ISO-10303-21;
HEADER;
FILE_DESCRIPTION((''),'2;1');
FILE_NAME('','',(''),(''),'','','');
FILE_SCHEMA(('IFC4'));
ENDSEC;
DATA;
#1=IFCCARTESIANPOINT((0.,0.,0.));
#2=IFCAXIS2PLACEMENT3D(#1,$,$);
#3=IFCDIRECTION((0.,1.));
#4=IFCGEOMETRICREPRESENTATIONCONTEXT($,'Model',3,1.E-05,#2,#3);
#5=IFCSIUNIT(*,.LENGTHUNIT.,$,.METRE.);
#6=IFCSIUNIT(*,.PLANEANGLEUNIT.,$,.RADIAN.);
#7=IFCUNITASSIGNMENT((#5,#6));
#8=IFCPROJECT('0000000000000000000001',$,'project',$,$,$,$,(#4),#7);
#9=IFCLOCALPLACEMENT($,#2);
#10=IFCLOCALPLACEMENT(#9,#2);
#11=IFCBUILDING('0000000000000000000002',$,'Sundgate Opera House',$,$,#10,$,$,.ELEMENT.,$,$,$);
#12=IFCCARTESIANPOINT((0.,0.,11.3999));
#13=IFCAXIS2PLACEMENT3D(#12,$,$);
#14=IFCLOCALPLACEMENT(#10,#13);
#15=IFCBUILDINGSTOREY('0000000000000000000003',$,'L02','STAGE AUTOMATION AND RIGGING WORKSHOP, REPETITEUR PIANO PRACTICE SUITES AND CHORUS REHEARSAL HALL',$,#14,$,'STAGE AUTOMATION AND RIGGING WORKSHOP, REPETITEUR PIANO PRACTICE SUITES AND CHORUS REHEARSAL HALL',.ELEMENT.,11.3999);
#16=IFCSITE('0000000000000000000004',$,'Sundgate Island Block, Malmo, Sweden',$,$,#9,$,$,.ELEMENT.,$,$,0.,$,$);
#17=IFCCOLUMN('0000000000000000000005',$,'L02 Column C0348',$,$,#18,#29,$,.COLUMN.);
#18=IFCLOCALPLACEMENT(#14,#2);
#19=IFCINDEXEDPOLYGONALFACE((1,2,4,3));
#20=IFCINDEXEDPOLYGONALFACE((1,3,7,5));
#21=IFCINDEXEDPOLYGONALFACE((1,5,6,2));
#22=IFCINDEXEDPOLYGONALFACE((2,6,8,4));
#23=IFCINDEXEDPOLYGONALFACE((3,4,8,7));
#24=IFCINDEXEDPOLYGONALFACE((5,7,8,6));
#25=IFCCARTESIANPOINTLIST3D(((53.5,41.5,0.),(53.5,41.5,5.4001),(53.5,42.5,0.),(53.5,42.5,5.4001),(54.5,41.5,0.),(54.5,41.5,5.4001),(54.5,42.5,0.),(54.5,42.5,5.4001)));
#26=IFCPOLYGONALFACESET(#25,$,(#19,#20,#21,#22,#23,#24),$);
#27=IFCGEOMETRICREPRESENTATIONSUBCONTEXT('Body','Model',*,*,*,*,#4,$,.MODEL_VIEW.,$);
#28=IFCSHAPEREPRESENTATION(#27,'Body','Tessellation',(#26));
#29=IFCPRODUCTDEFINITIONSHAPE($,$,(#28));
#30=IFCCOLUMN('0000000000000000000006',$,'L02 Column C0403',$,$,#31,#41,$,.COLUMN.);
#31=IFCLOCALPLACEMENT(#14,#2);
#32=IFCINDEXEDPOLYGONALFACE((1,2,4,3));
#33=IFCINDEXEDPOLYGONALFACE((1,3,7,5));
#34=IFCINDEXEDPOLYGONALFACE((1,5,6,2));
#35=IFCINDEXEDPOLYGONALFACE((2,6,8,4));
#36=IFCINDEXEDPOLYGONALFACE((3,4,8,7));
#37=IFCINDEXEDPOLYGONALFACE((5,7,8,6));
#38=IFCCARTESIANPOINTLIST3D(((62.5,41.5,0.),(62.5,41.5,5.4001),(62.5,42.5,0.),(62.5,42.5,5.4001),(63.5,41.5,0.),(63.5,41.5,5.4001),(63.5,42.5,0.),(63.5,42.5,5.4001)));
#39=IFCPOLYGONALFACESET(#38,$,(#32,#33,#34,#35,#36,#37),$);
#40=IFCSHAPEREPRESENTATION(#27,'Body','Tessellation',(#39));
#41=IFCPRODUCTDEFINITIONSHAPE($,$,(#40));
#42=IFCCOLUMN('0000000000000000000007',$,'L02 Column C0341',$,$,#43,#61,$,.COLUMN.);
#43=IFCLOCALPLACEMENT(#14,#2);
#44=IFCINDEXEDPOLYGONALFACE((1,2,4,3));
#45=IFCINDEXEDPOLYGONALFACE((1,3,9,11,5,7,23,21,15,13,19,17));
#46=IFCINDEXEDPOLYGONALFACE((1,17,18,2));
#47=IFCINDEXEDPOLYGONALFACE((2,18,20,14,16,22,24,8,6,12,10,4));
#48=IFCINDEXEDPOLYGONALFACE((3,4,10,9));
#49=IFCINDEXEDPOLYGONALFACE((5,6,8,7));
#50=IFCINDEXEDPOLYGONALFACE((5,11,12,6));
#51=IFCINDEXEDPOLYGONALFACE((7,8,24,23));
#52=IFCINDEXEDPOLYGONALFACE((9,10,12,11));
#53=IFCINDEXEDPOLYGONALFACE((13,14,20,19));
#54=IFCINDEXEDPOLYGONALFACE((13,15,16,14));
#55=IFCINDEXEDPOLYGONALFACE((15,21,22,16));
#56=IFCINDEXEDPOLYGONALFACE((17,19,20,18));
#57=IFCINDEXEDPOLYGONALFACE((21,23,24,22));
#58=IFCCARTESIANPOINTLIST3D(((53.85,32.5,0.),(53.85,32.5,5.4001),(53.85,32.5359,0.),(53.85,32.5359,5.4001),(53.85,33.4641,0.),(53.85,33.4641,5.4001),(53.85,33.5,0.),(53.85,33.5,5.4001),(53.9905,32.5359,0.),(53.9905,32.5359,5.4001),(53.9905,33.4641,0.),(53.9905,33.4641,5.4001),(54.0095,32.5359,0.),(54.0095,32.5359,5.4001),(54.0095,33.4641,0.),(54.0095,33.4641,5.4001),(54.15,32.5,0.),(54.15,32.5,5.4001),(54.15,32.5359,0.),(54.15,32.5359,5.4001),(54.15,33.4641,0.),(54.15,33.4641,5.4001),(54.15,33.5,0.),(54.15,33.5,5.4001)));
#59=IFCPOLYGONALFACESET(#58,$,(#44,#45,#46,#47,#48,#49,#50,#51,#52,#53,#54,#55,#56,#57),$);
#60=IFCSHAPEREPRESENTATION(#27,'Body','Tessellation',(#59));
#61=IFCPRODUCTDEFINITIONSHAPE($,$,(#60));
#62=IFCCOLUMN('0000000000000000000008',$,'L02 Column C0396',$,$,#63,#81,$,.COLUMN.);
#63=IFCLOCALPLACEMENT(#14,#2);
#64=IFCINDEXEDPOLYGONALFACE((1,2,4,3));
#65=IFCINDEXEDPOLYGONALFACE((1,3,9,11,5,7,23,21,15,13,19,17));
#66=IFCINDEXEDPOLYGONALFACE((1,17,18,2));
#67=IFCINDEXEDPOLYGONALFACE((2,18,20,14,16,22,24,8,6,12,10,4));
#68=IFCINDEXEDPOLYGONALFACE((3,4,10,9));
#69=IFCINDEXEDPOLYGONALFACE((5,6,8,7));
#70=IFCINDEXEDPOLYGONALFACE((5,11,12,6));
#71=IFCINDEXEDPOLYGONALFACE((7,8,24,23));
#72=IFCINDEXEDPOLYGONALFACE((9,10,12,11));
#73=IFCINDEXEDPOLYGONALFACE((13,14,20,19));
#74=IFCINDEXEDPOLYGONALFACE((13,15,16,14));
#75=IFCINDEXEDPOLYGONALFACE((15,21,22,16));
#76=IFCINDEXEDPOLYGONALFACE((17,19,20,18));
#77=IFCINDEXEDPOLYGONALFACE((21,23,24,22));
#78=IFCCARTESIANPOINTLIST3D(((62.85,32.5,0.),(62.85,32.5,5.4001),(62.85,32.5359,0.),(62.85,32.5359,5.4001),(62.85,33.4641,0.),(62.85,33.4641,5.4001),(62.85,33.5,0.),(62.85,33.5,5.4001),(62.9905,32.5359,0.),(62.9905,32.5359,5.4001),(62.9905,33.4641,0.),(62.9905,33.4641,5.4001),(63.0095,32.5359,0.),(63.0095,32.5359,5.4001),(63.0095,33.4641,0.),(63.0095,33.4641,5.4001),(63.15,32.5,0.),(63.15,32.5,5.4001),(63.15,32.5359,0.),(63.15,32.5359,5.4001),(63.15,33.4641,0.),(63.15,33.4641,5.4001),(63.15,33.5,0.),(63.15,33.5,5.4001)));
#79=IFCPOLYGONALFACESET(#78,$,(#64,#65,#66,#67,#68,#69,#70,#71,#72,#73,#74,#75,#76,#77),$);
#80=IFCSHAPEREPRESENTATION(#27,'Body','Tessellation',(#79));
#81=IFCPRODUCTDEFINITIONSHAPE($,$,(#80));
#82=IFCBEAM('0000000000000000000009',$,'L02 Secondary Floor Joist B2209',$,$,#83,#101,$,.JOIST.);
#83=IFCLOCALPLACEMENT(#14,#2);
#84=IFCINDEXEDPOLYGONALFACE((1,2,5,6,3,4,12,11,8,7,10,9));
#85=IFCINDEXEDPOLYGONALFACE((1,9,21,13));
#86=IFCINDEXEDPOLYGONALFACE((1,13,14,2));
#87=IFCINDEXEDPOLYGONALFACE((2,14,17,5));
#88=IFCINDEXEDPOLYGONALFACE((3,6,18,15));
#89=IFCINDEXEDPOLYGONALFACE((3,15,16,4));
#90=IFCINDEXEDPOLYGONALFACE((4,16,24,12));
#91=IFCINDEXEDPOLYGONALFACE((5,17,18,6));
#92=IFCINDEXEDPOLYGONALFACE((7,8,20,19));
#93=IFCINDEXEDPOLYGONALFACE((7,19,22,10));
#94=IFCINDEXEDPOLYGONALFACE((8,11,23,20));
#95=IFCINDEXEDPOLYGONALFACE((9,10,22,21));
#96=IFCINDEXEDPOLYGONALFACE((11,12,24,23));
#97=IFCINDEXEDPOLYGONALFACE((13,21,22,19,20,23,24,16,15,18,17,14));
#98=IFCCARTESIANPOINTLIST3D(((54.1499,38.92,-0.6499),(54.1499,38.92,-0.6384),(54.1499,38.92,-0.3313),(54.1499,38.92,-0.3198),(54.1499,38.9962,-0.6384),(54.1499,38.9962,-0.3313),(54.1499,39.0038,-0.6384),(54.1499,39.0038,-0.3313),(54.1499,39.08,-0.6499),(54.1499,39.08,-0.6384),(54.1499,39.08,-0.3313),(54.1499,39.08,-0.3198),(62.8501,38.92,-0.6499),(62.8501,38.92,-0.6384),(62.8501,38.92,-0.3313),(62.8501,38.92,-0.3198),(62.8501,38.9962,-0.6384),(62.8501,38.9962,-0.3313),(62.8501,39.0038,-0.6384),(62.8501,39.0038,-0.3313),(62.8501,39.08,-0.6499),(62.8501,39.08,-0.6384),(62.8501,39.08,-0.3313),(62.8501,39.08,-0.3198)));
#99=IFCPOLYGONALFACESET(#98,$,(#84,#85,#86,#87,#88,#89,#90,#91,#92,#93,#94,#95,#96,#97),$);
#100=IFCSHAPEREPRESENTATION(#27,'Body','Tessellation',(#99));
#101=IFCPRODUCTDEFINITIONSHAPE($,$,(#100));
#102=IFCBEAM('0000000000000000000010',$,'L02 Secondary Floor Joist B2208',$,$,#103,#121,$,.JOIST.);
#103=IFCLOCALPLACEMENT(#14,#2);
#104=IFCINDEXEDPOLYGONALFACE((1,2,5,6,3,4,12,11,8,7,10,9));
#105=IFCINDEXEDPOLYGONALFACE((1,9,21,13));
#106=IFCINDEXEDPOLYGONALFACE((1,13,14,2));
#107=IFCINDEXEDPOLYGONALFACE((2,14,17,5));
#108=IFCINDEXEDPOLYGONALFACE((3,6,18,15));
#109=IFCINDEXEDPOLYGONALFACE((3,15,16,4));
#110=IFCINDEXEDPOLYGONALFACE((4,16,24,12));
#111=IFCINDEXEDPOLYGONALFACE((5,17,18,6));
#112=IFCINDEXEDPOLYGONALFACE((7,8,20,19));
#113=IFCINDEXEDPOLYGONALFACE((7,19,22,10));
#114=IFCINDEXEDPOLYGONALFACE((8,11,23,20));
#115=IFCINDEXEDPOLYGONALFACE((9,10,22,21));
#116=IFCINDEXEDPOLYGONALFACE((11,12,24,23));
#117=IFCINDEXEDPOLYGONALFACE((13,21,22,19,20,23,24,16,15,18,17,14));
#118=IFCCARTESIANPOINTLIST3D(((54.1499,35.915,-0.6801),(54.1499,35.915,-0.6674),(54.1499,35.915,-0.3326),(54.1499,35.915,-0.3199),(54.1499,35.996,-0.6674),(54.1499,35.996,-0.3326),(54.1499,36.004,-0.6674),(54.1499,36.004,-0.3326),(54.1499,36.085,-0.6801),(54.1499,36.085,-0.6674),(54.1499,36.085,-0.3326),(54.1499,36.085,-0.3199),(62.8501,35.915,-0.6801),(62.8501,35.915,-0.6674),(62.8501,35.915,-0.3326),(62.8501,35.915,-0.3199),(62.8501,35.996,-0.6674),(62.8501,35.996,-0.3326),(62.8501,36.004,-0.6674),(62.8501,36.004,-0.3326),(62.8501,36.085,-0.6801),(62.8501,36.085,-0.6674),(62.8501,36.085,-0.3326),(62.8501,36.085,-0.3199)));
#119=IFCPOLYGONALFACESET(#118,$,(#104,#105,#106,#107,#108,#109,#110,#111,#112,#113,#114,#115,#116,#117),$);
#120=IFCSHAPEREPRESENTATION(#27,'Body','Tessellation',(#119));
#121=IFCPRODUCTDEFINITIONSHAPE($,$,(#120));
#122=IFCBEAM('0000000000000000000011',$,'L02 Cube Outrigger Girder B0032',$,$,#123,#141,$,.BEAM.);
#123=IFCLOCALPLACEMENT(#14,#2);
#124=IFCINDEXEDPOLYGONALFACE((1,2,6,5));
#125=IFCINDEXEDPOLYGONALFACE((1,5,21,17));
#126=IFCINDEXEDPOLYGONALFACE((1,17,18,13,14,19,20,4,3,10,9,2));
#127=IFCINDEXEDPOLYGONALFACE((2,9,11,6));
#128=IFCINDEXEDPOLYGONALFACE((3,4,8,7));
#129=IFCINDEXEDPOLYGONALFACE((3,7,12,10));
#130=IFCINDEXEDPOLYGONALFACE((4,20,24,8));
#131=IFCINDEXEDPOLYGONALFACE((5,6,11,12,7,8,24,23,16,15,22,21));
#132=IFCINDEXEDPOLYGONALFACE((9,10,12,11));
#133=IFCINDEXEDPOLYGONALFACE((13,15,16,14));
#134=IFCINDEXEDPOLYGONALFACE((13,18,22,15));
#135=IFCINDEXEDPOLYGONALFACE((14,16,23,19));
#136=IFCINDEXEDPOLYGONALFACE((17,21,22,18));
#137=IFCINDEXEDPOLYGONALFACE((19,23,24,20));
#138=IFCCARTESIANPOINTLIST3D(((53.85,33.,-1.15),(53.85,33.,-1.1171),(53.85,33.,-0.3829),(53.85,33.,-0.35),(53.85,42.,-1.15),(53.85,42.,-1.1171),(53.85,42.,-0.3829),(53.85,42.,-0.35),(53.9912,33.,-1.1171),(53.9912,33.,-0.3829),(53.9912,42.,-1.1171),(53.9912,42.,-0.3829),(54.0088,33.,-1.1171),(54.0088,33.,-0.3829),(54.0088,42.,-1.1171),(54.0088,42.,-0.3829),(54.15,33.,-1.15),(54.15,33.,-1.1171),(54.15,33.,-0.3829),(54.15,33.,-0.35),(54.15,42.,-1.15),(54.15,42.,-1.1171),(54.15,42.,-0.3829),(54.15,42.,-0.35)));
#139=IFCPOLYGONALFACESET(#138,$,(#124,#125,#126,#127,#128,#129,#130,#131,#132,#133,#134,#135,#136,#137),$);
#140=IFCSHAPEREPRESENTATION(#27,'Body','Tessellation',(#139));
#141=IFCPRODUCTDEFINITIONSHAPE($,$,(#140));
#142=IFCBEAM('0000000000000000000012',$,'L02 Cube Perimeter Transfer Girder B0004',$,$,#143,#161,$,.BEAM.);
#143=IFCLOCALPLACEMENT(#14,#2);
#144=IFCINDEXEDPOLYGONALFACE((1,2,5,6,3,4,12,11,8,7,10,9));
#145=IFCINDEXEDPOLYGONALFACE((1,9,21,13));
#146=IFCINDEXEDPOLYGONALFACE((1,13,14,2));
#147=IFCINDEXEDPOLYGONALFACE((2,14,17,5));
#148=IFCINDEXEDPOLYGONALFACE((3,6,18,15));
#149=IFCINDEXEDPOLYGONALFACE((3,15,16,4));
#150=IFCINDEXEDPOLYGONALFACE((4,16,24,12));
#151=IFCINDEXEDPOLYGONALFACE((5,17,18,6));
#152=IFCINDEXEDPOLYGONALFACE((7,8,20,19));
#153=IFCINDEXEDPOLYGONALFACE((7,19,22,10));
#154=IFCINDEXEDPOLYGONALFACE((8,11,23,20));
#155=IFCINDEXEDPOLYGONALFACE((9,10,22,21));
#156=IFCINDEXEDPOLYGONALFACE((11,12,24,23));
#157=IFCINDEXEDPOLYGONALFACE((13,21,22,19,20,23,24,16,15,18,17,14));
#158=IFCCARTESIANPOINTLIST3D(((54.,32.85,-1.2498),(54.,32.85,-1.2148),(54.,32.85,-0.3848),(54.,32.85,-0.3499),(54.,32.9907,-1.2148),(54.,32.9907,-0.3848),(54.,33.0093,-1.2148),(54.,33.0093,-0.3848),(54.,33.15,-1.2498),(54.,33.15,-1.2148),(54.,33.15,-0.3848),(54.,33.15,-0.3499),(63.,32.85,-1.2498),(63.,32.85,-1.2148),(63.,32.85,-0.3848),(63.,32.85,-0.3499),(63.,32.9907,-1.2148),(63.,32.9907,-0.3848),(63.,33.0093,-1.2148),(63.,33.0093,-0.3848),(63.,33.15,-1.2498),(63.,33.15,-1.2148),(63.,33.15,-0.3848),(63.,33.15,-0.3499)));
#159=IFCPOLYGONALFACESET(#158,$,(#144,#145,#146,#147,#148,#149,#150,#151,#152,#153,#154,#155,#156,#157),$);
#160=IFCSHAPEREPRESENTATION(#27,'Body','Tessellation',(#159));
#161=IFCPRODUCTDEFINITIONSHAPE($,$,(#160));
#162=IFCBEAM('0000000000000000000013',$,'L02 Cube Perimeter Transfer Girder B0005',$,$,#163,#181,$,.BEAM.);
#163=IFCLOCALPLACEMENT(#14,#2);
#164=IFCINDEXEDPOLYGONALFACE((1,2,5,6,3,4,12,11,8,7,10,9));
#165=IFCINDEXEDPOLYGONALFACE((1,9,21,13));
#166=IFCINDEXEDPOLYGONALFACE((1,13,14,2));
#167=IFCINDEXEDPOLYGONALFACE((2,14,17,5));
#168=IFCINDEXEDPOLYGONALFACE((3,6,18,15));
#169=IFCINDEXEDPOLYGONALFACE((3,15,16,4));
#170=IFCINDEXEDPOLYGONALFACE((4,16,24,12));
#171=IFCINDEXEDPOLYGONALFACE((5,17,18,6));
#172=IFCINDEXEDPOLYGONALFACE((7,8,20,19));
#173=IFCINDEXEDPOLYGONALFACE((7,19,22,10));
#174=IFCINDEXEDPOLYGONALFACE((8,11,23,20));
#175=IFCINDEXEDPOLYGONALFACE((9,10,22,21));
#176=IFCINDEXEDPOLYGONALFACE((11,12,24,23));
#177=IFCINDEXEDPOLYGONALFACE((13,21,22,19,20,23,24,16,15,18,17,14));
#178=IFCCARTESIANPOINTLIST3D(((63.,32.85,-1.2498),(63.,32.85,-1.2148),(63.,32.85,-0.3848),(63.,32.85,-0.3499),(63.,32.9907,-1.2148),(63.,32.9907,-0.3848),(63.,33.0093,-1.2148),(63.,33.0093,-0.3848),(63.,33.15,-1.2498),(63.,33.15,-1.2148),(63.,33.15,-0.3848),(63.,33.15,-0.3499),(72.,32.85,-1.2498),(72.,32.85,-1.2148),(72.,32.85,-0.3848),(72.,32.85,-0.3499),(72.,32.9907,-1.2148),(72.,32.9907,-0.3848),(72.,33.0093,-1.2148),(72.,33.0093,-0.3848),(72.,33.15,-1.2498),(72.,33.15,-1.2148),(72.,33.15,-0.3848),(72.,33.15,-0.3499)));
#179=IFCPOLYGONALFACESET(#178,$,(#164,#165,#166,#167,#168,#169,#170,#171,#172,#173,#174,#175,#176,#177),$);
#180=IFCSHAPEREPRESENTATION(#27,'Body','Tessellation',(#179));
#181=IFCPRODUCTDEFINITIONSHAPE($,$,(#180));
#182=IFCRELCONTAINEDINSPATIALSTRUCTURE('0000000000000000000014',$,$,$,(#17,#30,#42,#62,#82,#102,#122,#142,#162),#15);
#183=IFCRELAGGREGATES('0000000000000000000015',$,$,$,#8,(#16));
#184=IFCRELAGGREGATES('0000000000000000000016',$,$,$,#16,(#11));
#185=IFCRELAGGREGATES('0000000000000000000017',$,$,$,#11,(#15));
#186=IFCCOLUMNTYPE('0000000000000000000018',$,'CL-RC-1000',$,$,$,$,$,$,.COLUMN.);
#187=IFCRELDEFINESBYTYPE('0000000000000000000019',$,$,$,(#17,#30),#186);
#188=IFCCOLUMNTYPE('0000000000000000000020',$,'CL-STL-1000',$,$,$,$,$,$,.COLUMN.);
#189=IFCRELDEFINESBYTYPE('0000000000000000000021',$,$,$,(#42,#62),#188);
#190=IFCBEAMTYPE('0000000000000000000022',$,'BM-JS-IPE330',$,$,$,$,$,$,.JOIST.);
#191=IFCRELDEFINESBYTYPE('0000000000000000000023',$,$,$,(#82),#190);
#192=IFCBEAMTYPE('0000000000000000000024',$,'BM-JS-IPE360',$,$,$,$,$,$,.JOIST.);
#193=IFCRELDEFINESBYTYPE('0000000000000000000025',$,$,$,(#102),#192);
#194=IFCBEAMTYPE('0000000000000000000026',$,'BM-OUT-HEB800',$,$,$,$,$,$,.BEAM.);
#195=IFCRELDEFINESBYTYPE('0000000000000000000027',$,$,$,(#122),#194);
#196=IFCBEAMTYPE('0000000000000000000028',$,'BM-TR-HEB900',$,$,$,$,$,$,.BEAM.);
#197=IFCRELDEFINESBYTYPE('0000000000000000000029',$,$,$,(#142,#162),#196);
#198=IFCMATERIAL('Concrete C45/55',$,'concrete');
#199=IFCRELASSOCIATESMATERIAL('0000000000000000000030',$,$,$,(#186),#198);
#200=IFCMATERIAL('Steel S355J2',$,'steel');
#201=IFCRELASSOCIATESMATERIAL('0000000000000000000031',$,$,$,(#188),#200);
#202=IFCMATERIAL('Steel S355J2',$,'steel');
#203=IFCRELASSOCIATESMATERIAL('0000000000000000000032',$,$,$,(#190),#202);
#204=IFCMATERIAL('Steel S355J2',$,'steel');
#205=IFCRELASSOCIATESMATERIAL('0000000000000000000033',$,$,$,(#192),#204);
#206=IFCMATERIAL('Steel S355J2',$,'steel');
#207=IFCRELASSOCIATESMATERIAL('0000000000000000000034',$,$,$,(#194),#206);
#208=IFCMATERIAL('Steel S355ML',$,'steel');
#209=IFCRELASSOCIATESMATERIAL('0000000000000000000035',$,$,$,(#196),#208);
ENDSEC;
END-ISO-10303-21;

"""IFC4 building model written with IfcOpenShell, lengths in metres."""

from ifc_helpers import new_model, si_unit, direction, frame, origin, origin_2d, place, context, subcontext, project, spatial, rectangle, i_section, extrude, material, material_profile, profile_set, type_object, element, save


model = new_model("IFC4")

# Units and contexts
model_context = context("Model", 3, precision=1e-05, world=origin(), true_north=direction((0.0, 1.0)))
body_context = subcontext(model_context, "Body", "Model", "MODEL_VIEW")
ifc_project = project(units=[si_unit("LENGTHUNIT", "METRE"), si_unit("PLANEANGLEUNIT", "RADIAN")], contexts=[model_context])

# Site, building, storey
site_placement = place(None, origin())
site = spatial("IfcSite", under=ifc_project, at=site_placement, Name="Sundgate Island Block, Malmo, Sweden", CompositionType="ELEMENT", RefElevation=0.0)
building_placement = place(site_placement, origin())
building = spatial("IfcBuilding", under=site, at=building_placement, Name="Sundgate Opera House", CompositionType="ELEMENT")
storey_placement = place(building_placement, frame((0.0, 0.0, 11.3999)))
storey = spatial("IfcBuildingStorey", under=building, at=storey_placement, Name="L02", Description="STAGE AUTOMATION AND RIGGING WORKSHOP, REPETITEUR PIANO PRACTICE SUITES AND CHORUS REHEARSAL HALL", LongName="STAGE AUTOMATION AND RIGGING WORKSHOP, REPETITEUR PIANO PRACTICE SUITES AND CHORUS REHEARSAL HALL", CompositionType="ELEMENT", Elevation=11.3999)

# Columns
ifc_material_1 = material(Name="Concrete C45/55", Category="concrete")
ifc_material_profile_1 = material_profile(ifc_material_1, rectangle(XDim=1.0, YDim=1.0, at=origin_2d()), Name="RC 1000x1000")
ifc_profile_set_1 = profile_set([ifc_material_profile_1], Name="Concrete C45/55")
column_type_1 = type_object("IfcColumnType", Name="CL-RC-1000", PredefinedType="COLUMN", material=ifc_profile_set_1)
for number, where, z_axis, x_axis, name in (
    (1, (54.0, 42.0, 0.0), (0.0, 0.0, 1.0), (1.0, 0.0, 0.0), "L02 Column C0348"),
    (2, (63.0, 42.0, 0.0), (0.0, 0.0, 1.0), (1.0, 0.0, 0.0), "L02 Column C0403"),
):
    element("IfcColumn", number, at=place(storey_placement, frame(where, z_axis=z_axis, x_axis=x_axis)), inside=storey, type_object=column_type_1, Name=name, PredefinedType="COLUMN", context=body_context, shape_type="SweptSolid", body=[
        extrude(rectangle(XDim=1.0, YDim=1.0, at=origin_2d()), origin(), (0.0, 0.0, 1.0), 5.4001),
    ])
ifc_material_2 = material(Name="Steel S355J2", Category="steel")
ifc_material_profile_2 = material_profile(ifc_material_2, i_section(OverallWidth=0.3, OverallDepth=1.0, WebThickness=0.019, FlangeThickness=0.0359, at=origin_2d()), Name="HEB 1000")
ifc_profile_set_2 = profile_set([ifc_material_profile_2], Name="Steel S355J2")
column_type_2 = type_object("IfcColumnType", Name="CL-STL-1000", PredefinedType="COLUMN", material=ifc_profile_set_2)
for number, where, z_axis, x_axis, name in (
    (3, (54.0, 33.0, 0.0), (0.0, 0.0, 1.0), (1.0, 0.0, 0.0), "L02 Column C0341"),
    (4, (63.0, 33.0, 0.0), (0.0, 0.0, 1.0), (1.0, 0.0, 0.0), "L02 Column C0396"),
):
    element("IfcColumn", number, at=place(storey_placement, frame(where, z_axis=z_axis, x_axis=x_axis)), inside=storey, type_object=column_type_2, Name=name, PredefinedType="COLUMN", context=body_context, shape_type="SweptSolid", body=[
        extrude(i_section(OverallWidth=0.3, OverallDepth=1.0, WebThickness=0.019, FlangeThickness=0.0359, at=origin_2d()), origin(), (0.0, 0.0, 1.0), 5.4001),
    ])

# Beams
ifc_material_3 = material(Name="Steel S355J2", Category="steel")
ifc_material_profile_3 = material_profile(ifc_material_3, i_section(OverallWidth=0.1599, OverallDepth=0.3301, WebThickness=0.0076, FlangeThickness=0.0115, at=origin_2d()), Name="IPE 330")
ifc_profile_set_3 = profile_set([ifc_material_profile_3], Name="Steel S355J2")
beam_type_1 = type_object("IfcBeamType", Name="BM-JS-IPE330", PredefinedType="JOIST", material=ifc_profile_set_3)
beam_1_placement = place(storey_placement, frame((54.1499, 39.0, -0.4849), z_axis=(1.0, 0.0, 0.0), x_axis=(0.0, 1.0, 0.0)))
element("IfcBeam", 5, at=beam_1_placement, inside=storey, type_object=beam_type_1, Name="L02 Secondary Floor Joist B2209", PredefinedType="JOIST", context=body_context, shape_type="SweptSolid", body=[
    extrude(i_section(OverallWidth=0.1599, OverallDepth=0.3301, WebThickness=0.0076, FlangeThickness=0.0115, at=origin_2d()), origin(), (0.0, 0.0, 1.0), 8.7002),
])
ifc_material_4 = material(Name="Steel S355J2", Category="steel")
ifc_material_profile_4 = material_profile(ifc_material_4, i_section(OverallWidth=0.1699, OverallDepth=0.3601, WebThickness=0.0081, FlangeThickness=0.0127, at=origin_2d()), Name="IPE 360")
ifc_profile_set_4 = profile_set([ifc_material_profile_4], Name="Steel S355J2")
beam_type_2 = type_object("IfcBeamType", Name="BM-JS-IPE360", PredefinedType="JOIST", material=ifc_profile_set_4)
beam_2_placement = place(storey_placement, frame((54.1499, 36.0, -0.5), z_axis=(1.0, 0.0, 0.0), x_axis=(0.0, 1.0, 0.0)))
element("IfcBeam", 6, at=beam_2_placement, inside=storey, type_object=beam_type_2, Name="L02 Secondary Floor Joist B2208", PredefinedType="JOIST", context=body_context, shape_type="SweptSolid", body=[
    extrude(i_section(OverallWidth=0.1699, OverallDepth=0.3601, WebThickness=0.0081, FlangeThickness=0.0127, at=origin_2d()), origin(), (0.0, 0.0, 1.0), 8.7002),
])
ifc_material_5 = material(Name="Steel S355J2", Category="steel")
ifc_material_profile_5 = material_profile(ifc_material_5, i_section(OverallWidth=0.3, OverallDepth=0.8, WebThickness=0.0176, FlangeThickness=0.033, at=origin_2d()), Name="HEB 800")
ifc_profile_set_5 = profile_set([ifc_material_profile_5], Name="Steel S355J2")
beam_type_3 = type_object("IfcBeamType", Name="BM-OUT-HEB800", PredefinedType="BEAM", material=ifc_profile_set_5)
beam_3_placement = place(storey_placement, frame((54.0, 42.0, -0.75), z_axis=(0.0, -1.0, 0.0), x_axis=(1.0, 0.0, 0.0)))
element("IfcBeam", 7, at=beam_3_placement, inside=storey, type_object=beam_type_3, Name="L02 Cube Outrigger Girder B0032", PredefinedType="BEAM", context=body_context, shape_type="SweptSolid", body=[
    extrude(i_section(OverallWidth=0.3, OverallDepth=0.8, WebThickness=0.0176, FlangeThickness=0.033, at=origin_2d()), origin(), (0.0, 0.0, 1.0), 9.0),
])
ifc_material_6 = material(Name="Steel S355ML", Category="steel")
ifc_material_profile_6 = material_profile(ifc_material_6, i_section(OverallWidth=0.3, OverallDepth=0.8999, WebThickness=0.0186, FlangeThickness=0.0349, at=origin_2d()), Name="HEB 900")
ifc_profile_set_6 = profile_set([ifc_material_profile_6], Name="Steel S355ML")
beam_type_4 = type_object("IfcBeamType", Name="BM-TR-HEB900", PredefinedType="BEAM", material=ifc_profile_set_6)
for number, where, z_axis, x_axis, name in (
    (8, (54.0, 33.0, -0.7998), (1.0, 0.0, 0.0), (0.0, 1.0, 0.0), "L02 Cube Perimeter Transfer Girder B0004"),
    (9, (63.0, 33.0, -0.7998), (1.0, 0.0, 0.0), (0.0, 1.0, 0.0), "L02 Cube Perimeter Transfer Girder B0005"),
):
    element("IfcBeam", number, at=place(storey_placement, frame(where, z_axis=z_axis, x_axis=x_axis)), inside=storey, type_object=beam_type_4, Name=name, PredefinedType="BEAM", context=body_context, shape_type="SweptSolid", body=[
        extrude(i_section(OverallWidth=0.3, OverallDepth=0.8999, WebThickness=0.0186, FlangeThickness=0.0349, at=origin_2d()), origin(), (0.0, 0.0, 1.0), 9.0),
    ])

save(model, "model.ifc")
